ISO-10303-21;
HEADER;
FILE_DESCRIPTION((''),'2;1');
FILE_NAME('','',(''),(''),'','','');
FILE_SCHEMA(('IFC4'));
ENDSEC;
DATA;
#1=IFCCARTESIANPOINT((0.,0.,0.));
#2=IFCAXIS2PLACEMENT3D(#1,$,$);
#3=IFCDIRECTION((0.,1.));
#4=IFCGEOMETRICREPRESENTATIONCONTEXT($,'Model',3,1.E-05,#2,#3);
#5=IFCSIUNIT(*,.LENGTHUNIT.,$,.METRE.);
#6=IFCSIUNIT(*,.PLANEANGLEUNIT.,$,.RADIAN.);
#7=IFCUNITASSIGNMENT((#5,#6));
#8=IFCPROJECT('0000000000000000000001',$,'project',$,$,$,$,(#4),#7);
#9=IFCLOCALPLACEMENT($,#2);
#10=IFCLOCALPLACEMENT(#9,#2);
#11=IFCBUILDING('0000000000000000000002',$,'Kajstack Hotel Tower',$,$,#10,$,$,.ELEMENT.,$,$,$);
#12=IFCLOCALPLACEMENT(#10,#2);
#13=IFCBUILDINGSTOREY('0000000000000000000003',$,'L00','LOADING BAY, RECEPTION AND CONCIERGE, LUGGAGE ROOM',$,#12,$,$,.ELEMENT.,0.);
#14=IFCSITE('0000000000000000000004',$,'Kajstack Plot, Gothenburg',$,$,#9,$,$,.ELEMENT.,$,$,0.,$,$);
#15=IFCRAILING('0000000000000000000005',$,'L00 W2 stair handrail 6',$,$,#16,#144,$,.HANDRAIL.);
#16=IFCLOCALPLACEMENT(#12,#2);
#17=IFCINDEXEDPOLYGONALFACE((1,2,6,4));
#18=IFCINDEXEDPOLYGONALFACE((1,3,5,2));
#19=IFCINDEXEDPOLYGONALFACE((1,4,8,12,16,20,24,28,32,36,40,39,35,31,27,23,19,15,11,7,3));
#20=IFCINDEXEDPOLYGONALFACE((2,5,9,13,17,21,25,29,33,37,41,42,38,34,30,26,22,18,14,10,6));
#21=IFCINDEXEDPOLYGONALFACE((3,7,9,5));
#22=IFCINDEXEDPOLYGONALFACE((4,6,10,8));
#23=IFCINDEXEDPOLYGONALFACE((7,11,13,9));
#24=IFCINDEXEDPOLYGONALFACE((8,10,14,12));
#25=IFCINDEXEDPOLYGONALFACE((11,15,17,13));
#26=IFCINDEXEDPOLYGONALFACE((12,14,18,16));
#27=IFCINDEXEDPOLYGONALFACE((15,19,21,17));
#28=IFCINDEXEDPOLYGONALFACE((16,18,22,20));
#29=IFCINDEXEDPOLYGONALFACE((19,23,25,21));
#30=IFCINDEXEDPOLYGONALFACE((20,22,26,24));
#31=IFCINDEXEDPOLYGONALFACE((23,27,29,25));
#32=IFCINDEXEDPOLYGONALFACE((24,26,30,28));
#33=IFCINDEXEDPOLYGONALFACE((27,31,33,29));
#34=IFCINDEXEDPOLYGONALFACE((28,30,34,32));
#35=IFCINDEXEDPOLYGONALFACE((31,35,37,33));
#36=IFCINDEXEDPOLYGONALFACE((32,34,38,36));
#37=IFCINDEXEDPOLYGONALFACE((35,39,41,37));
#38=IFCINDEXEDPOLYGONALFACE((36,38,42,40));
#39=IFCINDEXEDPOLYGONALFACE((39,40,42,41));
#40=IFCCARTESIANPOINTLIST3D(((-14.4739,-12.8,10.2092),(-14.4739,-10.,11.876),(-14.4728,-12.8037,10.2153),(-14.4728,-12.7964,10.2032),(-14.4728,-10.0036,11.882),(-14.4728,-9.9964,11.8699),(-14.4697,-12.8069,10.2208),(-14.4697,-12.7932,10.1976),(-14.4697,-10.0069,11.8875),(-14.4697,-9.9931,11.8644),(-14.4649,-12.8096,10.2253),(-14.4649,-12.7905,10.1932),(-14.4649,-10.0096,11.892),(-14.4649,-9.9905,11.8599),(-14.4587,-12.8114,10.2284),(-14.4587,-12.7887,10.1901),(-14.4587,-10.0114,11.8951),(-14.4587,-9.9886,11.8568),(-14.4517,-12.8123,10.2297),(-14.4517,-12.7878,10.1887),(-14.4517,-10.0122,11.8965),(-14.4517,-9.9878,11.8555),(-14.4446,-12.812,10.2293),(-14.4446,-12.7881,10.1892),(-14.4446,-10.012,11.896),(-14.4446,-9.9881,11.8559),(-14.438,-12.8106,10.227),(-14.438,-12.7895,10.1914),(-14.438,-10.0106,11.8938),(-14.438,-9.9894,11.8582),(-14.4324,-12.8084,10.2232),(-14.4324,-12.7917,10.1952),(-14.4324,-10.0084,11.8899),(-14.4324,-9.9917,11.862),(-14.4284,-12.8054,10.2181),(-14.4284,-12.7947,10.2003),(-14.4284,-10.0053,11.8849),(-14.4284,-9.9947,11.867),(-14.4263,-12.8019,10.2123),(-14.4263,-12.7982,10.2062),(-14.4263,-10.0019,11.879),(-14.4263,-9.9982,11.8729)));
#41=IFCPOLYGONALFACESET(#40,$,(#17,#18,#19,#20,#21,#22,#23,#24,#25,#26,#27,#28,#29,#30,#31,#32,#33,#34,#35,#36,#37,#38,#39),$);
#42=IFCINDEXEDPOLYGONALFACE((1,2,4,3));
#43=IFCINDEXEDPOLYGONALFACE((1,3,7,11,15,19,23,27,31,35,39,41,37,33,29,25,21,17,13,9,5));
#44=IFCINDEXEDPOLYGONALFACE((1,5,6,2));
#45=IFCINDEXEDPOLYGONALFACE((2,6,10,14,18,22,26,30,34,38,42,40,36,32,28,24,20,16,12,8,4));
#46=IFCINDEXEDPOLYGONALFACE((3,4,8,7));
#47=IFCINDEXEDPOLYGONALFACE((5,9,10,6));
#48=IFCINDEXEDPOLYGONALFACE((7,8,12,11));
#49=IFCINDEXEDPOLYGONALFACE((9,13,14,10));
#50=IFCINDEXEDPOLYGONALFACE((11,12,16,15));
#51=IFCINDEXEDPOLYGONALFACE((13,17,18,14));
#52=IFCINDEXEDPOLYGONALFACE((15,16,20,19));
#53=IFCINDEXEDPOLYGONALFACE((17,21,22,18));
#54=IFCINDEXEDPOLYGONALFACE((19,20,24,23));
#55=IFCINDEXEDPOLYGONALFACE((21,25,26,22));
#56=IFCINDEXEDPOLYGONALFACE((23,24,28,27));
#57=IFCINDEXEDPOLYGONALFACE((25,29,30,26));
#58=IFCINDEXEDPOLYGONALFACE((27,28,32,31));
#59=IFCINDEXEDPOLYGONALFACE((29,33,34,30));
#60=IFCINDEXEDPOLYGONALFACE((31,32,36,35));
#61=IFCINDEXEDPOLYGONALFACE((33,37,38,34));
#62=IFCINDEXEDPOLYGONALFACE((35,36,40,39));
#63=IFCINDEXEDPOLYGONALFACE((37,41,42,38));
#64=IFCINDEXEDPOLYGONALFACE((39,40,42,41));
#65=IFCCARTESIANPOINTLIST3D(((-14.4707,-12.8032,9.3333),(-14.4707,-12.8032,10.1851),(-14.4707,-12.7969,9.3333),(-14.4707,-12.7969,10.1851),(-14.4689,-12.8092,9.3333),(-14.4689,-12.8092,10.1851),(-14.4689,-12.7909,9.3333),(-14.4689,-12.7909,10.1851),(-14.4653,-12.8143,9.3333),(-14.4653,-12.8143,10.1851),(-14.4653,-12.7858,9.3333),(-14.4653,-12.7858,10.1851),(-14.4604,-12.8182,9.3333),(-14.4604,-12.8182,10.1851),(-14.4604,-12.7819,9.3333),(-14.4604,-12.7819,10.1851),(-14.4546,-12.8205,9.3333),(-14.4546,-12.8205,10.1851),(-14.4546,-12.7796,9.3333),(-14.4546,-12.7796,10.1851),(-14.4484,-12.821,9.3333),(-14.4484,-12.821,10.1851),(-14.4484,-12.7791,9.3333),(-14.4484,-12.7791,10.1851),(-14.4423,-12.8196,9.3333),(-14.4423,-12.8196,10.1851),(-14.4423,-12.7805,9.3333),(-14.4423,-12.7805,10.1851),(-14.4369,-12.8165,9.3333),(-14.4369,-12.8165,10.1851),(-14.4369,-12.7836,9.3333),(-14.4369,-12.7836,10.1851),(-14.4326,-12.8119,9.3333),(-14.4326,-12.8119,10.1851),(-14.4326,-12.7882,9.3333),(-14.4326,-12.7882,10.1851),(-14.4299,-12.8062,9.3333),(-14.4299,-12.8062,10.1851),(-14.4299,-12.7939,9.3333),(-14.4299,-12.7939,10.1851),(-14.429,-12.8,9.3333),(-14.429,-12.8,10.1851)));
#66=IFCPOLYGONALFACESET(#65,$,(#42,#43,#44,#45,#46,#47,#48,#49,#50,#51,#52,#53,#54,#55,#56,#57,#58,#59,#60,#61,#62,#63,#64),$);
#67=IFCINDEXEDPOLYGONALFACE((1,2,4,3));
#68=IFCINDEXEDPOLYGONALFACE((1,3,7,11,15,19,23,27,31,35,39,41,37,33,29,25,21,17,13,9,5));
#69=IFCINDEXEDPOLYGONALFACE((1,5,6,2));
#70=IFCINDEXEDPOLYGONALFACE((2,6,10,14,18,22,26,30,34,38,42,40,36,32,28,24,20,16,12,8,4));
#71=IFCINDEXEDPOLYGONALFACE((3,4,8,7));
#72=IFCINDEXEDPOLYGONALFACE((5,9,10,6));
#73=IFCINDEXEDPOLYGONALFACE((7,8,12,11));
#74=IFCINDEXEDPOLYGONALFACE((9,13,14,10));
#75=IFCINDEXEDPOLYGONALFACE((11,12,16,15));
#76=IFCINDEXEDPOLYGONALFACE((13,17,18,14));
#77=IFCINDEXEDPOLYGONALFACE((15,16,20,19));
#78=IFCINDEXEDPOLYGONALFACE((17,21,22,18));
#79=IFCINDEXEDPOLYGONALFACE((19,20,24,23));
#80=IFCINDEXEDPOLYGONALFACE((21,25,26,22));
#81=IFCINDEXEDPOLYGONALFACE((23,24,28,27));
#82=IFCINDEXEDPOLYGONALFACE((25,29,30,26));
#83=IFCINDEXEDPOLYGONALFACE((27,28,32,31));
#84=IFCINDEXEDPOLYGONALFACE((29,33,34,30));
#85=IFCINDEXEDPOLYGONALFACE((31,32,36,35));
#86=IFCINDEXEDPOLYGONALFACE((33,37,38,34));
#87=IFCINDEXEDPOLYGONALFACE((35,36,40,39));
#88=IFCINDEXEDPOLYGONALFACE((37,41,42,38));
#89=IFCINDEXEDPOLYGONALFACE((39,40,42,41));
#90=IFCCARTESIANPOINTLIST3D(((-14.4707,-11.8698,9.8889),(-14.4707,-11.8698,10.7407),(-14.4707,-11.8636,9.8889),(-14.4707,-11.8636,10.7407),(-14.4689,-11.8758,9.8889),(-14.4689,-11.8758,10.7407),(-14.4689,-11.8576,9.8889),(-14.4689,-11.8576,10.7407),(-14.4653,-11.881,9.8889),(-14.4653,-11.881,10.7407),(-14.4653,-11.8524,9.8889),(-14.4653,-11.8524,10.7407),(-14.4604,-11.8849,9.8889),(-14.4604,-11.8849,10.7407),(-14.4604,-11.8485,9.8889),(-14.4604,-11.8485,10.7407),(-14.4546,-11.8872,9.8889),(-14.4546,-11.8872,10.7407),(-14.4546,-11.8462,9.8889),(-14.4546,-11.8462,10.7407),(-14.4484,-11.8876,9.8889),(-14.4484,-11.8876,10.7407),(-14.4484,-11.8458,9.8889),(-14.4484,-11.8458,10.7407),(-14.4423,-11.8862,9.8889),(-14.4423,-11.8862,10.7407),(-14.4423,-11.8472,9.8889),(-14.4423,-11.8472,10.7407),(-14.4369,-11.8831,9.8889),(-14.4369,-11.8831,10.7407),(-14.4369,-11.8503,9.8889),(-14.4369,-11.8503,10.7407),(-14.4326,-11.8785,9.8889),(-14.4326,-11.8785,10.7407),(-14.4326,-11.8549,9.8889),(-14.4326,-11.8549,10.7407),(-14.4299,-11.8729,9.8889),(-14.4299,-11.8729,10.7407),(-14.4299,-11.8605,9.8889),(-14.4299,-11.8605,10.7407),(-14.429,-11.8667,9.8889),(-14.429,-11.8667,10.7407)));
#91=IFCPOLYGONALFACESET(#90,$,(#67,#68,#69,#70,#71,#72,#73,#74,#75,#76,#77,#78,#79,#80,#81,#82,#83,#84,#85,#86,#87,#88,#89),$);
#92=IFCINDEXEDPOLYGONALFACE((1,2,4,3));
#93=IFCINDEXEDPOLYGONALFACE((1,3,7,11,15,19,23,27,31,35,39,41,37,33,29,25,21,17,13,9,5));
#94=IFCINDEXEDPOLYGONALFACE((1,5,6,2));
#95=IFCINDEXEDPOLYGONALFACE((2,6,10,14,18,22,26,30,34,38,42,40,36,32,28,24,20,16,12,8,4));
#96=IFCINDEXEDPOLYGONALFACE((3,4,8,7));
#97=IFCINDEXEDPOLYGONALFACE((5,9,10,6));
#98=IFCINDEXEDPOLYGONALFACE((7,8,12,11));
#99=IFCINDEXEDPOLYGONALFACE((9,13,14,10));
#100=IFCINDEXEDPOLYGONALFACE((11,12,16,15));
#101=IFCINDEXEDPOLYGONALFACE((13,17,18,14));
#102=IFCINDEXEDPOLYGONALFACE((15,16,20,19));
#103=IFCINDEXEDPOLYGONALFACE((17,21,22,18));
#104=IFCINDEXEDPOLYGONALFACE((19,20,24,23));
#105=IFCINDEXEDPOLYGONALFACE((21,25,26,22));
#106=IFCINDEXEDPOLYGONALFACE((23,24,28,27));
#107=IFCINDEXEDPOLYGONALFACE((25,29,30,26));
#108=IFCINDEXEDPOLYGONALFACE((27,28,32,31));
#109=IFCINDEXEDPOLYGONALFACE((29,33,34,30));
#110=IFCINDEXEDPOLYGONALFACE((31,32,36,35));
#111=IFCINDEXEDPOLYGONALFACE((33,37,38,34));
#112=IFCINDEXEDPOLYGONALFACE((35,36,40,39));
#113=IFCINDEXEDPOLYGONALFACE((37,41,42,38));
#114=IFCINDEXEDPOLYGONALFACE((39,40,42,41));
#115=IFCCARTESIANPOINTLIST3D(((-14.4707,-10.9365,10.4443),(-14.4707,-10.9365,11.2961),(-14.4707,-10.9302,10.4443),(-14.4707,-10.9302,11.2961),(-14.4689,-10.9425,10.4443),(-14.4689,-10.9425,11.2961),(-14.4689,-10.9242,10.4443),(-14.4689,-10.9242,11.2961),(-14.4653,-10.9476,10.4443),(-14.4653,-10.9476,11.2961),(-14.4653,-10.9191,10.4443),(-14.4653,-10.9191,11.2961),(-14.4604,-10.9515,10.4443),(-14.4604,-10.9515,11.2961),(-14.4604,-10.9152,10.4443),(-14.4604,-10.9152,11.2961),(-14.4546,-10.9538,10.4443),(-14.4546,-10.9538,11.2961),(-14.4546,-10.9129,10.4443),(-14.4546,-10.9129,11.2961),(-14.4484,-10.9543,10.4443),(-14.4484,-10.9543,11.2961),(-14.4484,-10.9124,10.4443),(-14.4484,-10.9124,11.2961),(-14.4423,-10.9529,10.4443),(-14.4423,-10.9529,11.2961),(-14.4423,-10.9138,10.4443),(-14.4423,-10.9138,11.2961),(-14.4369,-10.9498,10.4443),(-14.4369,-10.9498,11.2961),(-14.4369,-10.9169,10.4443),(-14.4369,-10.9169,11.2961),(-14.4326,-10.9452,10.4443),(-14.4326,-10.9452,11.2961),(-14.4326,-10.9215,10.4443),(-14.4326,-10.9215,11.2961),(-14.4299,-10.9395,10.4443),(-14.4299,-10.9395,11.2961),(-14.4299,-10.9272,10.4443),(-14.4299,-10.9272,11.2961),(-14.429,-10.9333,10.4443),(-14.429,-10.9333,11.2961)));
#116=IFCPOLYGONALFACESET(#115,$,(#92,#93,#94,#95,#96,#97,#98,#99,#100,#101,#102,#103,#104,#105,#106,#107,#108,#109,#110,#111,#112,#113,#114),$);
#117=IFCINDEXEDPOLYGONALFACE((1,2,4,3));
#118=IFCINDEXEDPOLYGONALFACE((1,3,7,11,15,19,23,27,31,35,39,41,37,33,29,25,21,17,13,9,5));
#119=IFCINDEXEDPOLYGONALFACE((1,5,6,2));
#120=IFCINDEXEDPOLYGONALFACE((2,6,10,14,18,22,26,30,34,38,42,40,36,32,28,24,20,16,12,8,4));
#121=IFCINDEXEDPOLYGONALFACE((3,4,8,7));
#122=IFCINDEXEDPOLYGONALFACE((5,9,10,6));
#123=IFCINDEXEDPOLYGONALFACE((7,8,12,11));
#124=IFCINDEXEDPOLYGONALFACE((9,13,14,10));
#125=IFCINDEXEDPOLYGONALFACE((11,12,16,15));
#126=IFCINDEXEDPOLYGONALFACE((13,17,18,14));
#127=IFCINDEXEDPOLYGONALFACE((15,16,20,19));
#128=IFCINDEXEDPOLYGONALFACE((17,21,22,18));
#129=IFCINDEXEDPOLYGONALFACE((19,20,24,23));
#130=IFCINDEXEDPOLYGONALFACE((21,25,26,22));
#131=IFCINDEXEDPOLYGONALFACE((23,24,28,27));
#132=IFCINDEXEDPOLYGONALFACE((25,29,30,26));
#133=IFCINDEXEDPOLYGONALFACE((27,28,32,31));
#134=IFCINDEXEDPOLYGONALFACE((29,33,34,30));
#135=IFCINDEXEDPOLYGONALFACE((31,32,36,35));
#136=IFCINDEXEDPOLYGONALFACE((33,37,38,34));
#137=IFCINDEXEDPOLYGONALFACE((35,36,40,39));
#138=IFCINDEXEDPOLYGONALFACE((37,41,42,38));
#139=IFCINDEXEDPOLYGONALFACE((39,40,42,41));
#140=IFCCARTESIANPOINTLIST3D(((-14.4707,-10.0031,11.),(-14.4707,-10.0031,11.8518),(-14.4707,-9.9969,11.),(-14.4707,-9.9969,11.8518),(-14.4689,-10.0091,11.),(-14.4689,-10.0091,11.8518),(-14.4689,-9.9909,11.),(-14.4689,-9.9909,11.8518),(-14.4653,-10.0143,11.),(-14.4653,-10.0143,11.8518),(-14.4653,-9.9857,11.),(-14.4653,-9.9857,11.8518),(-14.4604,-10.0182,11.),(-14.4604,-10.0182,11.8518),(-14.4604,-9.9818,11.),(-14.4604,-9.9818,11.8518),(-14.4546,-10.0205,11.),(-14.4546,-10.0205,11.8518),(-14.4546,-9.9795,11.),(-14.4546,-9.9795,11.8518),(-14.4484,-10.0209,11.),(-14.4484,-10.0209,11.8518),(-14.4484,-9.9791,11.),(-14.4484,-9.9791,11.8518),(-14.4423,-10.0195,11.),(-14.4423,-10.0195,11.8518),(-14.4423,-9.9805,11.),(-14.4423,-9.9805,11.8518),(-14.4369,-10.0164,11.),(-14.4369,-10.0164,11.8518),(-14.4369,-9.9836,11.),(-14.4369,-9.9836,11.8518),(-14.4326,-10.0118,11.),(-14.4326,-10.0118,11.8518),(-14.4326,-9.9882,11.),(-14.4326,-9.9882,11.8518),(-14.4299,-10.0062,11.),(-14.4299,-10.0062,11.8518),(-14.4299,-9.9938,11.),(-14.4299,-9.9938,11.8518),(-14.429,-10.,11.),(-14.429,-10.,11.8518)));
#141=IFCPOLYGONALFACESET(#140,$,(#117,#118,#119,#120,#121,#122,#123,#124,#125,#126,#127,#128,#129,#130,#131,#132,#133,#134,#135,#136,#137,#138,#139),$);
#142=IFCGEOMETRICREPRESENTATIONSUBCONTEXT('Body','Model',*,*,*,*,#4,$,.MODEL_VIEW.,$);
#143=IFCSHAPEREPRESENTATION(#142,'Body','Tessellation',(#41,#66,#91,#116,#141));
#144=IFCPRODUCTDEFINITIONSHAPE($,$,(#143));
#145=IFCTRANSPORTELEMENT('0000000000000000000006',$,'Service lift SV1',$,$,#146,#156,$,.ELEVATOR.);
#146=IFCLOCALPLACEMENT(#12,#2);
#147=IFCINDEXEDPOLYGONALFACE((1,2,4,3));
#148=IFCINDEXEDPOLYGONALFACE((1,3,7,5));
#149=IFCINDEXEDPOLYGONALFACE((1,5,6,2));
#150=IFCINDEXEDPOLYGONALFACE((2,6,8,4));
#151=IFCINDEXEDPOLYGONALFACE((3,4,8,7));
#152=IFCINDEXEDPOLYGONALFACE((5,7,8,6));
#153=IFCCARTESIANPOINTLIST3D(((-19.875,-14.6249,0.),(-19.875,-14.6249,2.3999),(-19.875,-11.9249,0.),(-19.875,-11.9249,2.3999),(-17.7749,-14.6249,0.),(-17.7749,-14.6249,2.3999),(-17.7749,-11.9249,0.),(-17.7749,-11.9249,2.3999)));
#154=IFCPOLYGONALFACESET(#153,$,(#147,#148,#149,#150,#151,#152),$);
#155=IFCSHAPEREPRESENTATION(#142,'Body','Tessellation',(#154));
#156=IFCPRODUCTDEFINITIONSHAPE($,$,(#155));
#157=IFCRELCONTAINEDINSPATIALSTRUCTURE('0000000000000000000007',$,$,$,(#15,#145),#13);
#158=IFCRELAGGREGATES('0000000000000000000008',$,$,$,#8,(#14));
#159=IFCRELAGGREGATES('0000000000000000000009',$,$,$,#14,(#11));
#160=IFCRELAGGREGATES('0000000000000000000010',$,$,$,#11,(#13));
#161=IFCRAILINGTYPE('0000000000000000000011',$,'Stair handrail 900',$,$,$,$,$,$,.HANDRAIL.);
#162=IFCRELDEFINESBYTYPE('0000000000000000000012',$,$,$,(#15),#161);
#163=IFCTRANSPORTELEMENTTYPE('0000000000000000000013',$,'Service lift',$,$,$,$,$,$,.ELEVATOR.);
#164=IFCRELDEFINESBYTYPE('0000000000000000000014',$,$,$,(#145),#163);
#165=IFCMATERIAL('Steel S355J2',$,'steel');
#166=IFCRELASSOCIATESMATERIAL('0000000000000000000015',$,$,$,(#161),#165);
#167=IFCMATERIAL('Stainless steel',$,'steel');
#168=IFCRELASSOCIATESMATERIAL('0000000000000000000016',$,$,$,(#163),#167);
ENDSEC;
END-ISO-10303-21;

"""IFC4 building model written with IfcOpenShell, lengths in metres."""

from ifc_helpers import new_model, si_unit, direction, frame, origin, origin_2d, place, context, subcontext, project, spatial, rectangle, circle, extrude, material, type_object, element, save


model = new_model("IFC4")

# Units and contexts
model_context = context("Model", 3, precision=1e-05, world=origin(), true_north=direction((0.0, 1.0)))
body_context = subcontext(model_context, "Body", "Model", "MODEL_VIEW")
ifc_project = project(units=[si_unit("LENGTHUNIT", "METRE"), si_unit("PLANEANGLEUNIT", "RADIAN")], contexts=[model_context])

# Site, building, storey
site_placement = place(None, origin())
site = spatial("IfcSite", under=ifc_project, at=site_placement, Name="Kajstack Plot, Gothenburg", CompositionType="ELEMENT", RefElevation=0.0)
building_placement = place(site_placement, origin())
building = spatial("IfcBuilding", under=site, at=building_placement, Name="Kajstack Hotel Tower", CompositionType="ELEMENT")
storey_placement = place(building_placement, origin())
storey = spatial("IfcBuildingStorey", under=building, at=storey_placement, Name="L00", Description="LOADING BAY, RECEPTION AND CONCIERGE, LUGGAGE ROOM", CompositionType="ELEMENT", Elevation=0.0)

# Shared definitions
ifc_material_1 = material(Name="Stainless steel", Category="steel")

# Railing
ifc_material_2 = material(Name="Steel S355J2", Category="steel")
railing_type = type_object("IfcRailingType", Name="Stair handrail 900", PredefinedType="HANDRAIL", material=ifc_material_2)
railing_1_placement = place(storey_placement, frame((-14.45, -12.8, 9.3333)))
element("IfcRailing", 1, at=railing_1_placement, inside=storey, type_object=railing_type, Name="L00 W2 stair handrail 6", PredefinedType="HANDRAIL", context=body_context, shape_type="SweptSolid", body=[
    extrude(circle(Radius=0.0239, at=origin_2d()), frame((0.0, 0.0, 0.876), z_axis=(0.0, 0.859286, 0.511496), x_axis=(-1.0, 0.0, 0.0)), (0.0, 0.0, 1.0), 3.2585),
    extrude(circle(Radius=0.021, at=origin_2d()), origin(), (0.0, 0.0, 1.0), 0.8518),
    extrude(circle(Radius=0.021, at=origin_2d()), frame((0.0, 0.9333, 0.5557)), (0.0, 0.0, 1.0), 0.8518),
    extrude(circle(Radius=0.021, at=origin_2d()), frame((0.0, 1.8667, 1.1111)), (0.0, 0.0, 1.0), 0.8518),
    extrude(circle(Radius=0.021, at=origin_2d()), frame((0.0, 2.8, 1.6667)), (0.0, 0.0, 1.0), 0.8518),
])

# Transport element
transport_element_type = type_object("IfcTransportElementType", Name="Service lift", PredefinedType="ELEVATOR", material=ifc_material_1)
transport_element_placement = place(storey_placement, frame((-18.825, -13.2749, 0.0), z_axis=(0.0, 0.0, 1.0), x_axis=(1.0, 0.0, 0.0)))
element("IfcTransportElement", 2, at=transport_element_placement, inside=storey, type_object=transport_element_type, Name="Service lift SV1", PredefinedType="ELEVATOR", context=body_context, shape_type="SweptSolid", body=[
    extrude(rectangle(XDim=2.1001, YDim=2.7, at=origin_2d()), origin(), (0.0, 0.0, 1.0), 2.3999),
])

save(model, "model.ifc")
